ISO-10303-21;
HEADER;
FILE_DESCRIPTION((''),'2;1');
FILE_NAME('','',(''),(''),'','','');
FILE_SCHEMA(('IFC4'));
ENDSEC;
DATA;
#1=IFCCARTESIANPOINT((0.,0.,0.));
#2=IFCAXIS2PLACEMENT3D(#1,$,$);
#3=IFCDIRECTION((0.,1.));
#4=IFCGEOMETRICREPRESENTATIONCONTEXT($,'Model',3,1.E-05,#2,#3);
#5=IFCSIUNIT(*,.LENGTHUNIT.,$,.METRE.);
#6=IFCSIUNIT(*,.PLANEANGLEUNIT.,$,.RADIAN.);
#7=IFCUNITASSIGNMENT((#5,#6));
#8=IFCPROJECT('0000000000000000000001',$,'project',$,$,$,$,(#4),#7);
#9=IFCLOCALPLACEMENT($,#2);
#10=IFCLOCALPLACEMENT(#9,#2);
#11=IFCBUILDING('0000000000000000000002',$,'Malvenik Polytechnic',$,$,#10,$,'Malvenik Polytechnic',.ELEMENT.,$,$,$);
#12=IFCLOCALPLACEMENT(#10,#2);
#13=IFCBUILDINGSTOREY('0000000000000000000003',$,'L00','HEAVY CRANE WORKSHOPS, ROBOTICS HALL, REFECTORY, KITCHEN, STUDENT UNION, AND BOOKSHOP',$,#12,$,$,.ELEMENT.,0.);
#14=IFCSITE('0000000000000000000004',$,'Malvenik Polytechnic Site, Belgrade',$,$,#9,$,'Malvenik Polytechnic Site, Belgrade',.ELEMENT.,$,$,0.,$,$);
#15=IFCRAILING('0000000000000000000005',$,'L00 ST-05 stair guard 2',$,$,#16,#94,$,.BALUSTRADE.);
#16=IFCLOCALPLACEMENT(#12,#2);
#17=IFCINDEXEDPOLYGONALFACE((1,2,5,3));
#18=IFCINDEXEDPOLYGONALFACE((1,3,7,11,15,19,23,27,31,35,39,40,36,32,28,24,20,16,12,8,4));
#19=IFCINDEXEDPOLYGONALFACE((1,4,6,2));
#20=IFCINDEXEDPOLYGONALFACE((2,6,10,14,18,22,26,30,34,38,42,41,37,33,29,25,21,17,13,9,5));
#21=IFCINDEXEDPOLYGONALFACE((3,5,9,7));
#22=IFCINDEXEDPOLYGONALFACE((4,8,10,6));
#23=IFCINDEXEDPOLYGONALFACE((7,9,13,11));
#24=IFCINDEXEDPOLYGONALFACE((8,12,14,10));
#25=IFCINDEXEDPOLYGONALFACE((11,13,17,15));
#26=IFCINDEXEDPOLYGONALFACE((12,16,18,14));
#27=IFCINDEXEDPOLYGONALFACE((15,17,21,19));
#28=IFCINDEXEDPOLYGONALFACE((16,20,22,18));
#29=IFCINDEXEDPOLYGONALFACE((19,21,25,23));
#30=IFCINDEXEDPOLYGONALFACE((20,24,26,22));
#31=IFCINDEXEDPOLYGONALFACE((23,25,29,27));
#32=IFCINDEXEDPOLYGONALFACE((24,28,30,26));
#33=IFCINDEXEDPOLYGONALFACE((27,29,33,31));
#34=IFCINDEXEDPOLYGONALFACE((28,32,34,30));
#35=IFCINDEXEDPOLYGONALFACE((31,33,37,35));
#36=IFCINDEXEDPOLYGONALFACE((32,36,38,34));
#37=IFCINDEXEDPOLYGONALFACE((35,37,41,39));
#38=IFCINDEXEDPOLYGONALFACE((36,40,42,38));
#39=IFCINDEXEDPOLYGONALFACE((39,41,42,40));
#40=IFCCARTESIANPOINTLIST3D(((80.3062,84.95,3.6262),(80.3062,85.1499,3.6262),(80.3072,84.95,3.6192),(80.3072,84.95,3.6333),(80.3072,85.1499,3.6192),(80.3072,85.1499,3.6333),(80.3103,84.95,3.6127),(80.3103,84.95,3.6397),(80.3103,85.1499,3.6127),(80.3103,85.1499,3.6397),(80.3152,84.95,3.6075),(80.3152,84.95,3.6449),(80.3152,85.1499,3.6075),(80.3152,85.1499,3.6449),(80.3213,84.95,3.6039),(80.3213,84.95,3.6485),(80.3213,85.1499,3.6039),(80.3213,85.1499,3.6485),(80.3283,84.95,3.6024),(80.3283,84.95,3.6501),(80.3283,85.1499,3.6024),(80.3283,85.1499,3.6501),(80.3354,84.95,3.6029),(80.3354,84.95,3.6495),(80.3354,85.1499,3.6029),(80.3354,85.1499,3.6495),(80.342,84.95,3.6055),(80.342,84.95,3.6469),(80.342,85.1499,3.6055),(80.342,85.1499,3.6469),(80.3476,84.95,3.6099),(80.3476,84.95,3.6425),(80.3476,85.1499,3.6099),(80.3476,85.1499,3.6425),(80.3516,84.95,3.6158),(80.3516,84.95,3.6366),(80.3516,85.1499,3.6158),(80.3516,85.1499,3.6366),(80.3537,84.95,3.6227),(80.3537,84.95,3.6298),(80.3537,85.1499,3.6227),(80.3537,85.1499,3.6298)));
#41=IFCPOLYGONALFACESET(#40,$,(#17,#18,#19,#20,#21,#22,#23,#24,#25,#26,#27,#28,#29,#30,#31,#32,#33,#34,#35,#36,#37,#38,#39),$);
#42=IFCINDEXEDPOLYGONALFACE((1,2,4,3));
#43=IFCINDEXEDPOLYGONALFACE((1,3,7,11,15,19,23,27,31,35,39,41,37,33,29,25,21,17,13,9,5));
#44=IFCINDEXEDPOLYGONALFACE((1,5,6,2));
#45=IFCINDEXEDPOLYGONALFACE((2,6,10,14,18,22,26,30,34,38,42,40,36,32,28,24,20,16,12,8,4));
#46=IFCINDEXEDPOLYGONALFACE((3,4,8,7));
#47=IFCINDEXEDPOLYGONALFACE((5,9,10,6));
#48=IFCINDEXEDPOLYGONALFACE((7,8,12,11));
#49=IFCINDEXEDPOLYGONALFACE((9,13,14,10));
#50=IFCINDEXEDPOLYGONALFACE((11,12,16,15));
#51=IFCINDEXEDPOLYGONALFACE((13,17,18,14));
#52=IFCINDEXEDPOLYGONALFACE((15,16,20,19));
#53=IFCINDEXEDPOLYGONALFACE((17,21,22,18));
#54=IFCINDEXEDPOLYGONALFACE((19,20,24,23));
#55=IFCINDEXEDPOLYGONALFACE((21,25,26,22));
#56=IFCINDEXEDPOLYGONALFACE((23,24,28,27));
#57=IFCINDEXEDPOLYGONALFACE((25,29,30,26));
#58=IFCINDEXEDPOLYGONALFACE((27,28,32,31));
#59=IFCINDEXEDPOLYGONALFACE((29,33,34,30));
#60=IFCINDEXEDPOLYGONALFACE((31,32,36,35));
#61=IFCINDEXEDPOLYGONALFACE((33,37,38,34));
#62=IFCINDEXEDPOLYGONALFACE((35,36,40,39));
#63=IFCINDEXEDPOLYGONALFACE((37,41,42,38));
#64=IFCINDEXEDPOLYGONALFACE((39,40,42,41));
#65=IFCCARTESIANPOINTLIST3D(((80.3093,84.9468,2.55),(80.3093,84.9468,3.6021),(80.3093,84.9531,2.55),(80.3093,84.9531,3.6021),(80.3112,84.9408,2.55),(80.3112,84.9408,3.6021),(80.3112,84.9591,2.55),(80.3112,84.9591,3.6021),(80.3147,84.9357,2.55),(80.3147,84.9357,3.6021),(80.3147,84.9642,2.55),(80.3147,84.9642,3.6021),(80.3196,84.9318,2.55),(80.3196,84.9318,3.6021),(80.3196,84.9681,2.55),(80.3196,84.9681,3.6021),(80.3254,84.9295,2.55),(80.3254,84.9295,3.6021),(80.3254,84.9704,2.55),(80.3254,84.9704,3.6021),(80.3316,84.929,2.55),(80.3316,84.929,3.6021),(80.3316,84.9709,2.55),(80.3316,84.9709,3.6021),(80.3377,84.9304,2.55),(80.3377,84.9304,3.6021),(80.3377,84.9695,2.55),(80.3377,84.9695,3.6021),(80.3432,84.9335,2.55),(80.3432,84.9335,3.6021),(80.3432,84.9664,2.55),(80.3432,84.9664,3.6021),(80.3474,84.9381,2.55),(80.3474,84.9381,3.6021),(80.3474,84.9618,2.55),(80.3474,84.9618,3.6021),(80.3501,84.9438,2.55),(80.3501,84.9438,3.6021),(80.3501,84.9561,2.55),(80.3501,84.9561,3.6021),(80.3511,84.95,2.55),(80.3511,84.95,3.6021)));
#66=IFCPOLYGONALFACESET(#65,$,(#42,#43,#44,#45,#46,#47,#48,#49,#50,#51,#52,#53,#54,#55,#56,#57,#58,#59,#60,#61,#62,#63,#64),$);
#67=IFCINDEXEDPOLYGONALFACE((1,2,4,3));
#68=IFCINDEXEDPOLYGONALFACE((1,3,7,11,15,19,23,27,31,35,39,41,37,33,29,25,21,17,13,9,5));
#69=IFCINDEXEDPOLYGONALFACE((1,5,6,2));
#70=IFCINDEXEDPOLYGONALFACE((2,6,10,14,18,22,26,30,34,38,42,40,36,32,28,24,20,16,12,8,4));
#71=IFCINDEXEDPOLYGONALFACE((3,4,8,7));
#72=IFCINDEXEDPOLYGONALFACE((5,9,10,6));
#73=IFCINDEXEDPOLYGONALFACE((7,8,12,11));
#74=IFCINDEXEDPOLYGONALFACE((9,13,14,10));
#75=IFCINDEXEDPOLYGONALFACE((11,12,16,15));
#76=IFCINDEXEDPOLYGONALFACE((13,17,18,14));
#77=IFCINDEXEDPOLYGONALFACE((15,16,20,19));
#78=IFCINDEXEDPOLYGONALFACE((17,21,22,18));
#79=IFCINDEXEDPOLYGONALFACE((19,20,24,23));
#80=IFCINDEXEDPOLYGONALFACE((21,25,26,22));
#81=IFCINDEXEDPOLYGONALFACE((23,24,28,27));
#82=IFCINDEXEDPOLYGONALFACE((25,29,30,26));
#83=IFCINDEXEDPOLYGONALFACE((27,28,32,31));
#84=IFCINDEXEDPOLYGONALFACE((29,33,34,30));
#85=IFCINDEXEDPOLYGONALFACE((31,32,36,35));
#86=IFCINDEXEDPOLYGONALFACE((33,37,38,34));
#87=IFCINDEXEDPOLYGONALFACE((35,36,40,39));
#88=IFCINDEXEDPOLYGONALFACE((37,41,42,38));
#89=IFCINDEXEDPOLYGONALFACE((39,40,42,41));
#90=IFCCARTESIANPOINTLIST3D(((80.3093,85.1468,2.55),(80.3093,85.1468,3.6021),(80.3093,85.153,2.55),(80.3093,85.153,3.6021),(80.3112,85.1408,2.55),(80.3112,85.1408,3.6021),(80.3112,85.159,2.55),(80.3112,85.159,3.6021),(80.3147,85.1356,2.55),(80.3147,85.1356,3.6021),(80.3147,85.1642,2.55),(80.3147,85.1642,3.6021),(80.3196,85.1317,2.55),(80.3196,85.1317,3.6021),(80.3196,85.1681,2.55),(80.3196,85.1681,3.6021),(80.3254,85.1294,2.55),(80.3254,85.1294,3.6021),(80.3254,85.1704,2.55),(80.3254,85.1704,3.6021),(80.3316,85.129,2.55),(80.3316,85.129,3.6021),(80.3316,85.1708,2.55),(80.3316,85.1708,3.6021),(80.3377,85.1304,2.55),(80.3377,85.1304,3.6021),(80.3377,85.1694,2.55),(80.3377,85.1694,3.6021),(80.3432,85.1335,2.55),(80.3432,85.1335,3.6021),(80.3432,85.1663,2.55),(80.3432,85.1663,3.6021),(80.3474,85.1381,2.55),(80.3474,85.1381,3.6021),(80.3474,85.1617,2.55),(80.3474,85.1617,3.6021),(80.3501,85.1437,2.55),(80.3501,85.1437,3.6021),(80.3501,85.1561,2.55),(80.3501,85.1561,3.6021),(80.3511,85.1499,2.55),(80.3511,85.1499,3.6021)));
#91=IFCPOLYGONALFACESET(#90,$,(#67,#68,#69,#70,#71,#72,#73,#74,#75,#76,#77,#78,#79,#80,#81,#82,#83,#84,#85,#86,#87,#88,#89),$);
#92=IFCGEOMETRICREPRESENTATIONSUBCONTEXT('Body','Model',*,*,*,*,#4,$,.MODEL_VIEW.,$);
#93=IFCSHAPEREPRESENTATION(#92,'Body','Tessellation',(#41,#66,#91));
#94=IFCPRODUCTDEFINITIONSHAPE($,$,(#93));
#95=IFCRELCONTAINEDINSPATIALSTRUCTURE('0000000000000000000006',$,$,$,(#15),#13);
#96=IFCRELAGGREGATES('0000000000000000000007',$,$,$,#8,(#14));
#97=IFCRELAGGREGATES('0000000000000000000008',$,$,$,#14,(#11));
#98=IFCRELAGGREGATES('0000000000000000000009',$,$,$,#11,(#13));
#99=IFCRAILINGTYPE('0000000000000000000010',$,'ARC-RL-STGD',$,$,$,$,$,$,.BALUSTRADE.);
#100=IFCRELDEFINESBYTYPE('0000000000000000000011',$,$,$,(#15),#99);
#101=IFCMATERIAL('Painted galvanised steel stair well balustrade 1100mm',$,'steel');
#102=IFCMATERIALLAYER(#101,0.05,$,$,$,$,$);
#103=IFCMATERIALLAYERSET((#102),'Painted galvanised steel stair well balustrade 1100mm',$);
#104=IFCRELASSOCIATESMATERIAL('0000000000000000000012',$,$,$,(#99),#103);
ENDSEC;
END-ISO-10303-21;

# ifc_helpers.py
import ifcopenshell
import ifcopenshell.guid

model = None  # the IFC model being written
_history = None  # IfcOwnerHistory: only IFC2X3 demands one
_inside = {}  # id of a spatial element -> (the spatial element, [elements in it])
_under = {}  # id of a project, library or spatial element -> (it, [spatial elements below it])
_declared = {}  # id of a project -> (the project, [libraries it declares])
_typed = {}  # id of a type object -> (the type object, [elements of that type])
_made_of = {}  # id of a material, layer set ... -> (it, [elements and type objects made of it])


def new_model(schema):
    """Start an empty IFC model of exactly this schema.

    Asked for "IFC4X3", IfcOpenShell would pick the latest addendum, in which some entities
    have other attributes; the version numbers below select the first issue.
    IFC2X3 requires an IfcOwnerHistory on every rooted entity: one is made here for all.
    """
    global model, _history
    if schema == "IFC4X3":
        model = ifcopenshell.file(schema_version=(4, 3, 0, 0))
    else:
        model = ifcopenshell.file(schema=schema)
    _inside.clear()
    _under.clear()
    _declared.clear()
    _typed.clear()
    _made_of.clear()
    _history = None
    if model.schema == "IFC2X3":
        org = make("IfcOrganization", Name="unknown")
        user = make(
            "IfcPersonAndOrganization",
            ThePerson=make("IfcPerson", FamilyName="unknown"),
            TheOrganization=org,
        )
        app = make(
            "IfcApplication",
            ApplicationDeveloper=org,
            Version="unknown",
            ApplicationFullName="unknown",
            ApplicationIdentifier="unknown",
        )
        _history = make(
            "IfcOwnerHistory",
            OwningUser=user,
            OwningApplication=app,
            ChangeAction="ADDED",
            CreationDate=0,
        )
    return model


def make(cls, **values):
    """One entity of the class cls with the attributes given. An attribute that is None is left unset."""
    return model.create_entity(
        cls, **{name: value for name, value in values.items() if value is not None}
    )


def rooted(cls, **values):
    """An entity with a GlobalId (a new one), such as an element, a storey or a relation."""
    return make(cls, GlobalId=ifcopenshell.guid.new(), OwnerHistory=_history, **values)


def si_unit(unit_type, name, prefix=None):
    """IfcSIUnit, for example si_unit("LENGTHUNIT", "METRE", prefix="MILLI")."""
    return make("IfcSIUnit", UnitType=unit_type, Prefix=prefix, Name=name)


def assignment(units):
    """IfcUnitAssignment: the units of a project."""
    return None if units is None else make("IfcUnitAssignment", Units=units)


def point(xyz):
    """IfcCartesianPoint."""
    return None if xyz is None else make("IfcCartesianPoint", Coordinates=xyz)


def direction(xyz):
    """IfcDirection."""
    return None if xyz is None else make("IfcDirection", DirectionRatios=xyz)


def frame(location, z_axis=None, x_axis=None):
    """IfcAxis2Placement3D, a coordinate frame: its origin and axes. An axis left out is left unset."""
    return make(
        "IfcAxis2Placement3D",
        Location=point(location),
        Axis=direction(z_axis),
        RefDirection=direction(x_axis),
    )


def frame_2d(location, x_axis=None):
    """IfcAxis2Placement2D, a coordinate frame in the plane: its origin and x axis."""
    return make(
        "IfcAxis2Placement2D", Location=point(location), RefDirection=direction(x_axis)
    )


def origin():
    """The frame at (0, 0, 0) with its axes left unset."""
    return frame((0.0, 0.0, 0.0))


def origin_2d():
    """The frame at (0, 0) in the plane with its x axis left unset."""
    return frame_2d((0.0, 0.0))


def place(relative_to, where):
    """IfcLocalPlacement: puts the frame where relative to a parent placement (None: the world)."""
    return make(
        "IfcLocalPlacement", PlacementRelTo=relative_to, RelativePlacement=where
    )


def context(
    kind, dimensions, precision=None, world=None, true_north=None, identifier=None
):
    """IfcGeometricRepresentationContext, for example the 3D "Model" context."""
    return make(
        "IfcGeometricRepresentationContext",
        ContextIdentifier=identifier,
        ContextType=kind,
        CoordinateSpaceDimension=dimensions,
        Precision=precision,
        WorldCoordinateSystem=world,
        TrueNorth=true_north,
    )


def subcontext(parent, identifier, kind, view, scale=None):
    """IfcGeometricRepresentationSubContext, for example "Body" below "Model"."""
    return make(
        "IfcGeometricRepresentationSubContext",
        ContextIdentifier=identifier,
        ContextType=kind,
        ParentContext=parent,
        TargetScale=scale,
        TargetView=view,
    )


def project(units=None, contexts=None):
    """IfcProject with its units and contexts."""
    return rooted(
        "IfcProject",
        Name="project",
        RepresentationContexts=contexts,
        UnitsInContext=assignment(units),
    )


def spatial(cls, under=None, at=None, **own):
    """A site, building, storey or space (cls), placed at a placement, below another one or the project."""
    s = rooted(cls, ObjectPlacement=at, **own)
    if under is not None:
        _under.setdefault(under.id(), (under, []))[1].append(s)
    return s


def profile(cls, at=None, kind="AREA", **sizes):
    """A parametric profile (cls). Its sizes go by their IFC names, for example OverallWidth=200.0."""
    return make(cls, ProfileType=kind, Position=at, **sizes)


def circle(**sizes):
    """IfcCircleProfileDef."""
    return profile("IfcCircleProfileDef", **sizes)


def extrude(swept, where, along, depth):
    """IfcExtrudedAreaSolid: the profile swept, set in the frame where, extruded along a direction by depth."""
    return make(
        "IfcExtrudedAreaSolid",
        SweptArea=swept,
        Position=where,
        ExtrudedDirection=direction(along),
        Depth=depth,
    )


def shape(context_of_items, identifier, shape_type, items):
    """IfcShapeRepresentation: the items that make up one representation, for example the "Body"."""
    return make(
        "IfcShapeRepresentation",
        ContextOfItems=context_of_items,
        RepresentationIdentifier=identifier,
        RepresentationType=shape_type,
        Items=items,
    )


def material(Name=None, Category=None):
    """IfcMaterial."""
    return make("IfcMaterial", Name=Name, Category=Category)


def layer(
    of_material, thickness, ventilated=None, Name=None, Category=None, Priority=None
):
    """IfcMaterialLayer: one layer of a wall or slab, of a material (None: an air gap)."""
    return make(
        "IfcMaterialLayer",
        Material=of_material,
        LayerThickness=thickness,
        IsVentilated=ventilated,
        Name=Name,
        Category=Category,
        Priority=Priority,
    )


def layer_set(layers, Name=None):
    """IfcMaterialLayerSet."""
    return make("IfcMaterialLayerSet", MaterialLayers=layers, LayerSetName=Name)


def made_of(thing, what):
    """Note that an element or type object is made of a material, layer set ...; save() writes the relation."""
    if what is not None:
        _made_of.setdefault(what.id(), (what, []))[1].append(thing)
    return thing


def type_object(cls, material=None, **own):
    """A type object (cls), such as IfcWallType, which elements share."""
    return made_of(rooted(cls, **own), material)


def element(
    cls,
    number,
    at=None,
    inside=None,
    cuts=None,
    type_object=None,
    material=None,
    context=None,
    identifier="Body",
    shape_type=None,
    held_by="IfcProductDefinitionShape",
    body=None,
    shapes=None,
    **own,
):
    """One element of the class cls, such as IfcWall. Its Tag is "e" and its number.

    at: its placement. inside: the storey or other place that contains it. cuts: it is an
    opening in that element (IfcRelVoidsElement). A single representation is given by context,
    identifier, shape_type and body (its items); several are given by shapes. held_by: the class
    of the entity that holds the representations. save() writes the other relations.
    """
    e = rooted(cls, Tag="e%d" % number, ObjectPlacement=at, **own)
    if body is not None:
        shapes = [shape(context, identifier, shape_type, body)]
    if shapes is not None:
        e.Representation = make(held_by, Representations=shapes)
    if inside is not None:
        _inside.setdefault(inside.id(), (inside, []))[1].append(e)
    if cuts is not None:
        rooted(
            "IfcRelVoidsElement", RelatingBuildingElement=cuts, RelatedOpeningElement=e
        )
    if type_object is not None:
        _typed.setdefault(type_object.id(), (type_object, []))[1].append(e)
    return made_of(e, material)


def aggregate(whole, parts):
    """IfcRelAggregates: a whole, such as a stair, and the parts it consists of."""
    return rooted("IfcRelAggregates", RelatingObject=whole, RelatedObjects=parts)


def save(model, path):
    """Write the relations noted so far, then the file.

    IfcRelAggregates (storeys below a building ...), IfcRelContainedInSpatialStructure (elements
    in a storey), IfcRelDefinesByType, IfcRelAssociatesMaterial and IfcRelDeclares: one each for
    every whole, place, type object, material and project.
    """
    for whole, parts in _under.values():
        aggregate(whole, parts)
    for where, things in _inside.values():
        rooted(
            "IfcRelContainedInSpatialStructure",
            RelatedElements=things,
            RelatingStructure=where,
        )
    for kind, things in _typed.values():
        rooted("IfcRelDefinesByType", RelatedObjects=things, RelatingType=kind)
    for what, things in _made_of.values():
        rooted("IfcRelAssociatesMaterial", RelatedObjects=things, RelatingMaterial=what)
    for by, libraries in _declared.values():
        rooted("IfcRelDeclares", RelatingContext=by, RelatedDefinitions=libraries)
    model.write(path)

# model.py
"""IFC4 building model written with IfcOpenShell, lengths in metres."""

from ifc_helpers import new_model, si_unit, direction, frame, origin, origin_2d, place, context, subcontext, project, spatial, circle, extrude, material, layer, layer_set, type_object, element, save


model = new_model("IFC4")

# Units and contexts
model_context = context("Model", 3, precision=1e-05, world=origin(), true_north=direction((0.0, 1.0)))
body_context = subcontext(model_context, "Body", "Model", "MODEL_VIEW")
ifc_project = project(units=[si_unit("LENGTHUNIT", "METRE"), si_unit("PLANEANGLEUNIT", "RADIAN")], contexts=[model_context])

# Site, building, storey
site_placement = place(None, origin())
site = spatial("IfcSite", under=ifc_project, at=site_placement, Name="Malvenik Polytechnic Site, Belgrade", LongName="Malvenik Polytechnic Site, Belgrade", CompositionType="ELEMENT", RefElevation=0.0)
building_placement = place(site_placement, origin())
building = spatial("IfcBuilding", under=site, at=building_placement, Name="Malvenik Polytechnic", LongName="Malvenik Polytechnic", CompositionType="ELEMENT")
storey_placement = place(building_placement, origin())
storey = spatial("IfcBuildingStorey", under=building, at=storey_placement, Name="L00", Description="HEAVY CRANE WORKSHOPS, ROBOTICS HALL, REFECTORY, KITCHEN, STUDENT UNION, AND BOOKSHOP", CompositionType="ELEMENT", Elevation=0.0)

# Railing
ifc_material_1 = material(Name="Painted galvanised steel stair well balustrade 1100mm", Category="steel")
ifc_layer_1 = layer(ifc_material_1, 0.05)
ifc_layer_set_1 = layer_set([ifc_layer_1], Name="Painted galvanised steel stair well balustrade 1100mm")
railing_type = type_object("IfcRailingType", Name="ARC-RL-STGD", PredefinedType="BALUSTRADE", material=ifc_layer_set_1)
railing_1_placement = place(storey_placement, frame((80.3301, 84.95, 2.55)))
element("IfcRailing", 1, at=railing_1_placement, inside=storey, type_object=railing_type, Name="L00 ST-05 stair guard 2", PredefinedType="BALUSTRADE", context=body_context, shape_type="SweptSolid", body=[
    extrude(circle(Radius=0.0239, at=origin_2d()), frame((0.0, 0.0, 1.0762), z_axis=(0.0, 1.0, 0.0), x_axis=(-1.0, 0.0, 0.0)), (0.0, 0.0, 1.0), 0.2),
    extrude(circle(Radius=0.021, at=origin_2d()), origin(), (0.0, 0.0, 1.0), 1.052),
    extrude(circle(Radius=0.021, at=origin_2d()), frame((0.0, 0.2, 0.0)), (0.0, 0.0, 1.0), 1.052),
])

save(model, "model.ifc")
